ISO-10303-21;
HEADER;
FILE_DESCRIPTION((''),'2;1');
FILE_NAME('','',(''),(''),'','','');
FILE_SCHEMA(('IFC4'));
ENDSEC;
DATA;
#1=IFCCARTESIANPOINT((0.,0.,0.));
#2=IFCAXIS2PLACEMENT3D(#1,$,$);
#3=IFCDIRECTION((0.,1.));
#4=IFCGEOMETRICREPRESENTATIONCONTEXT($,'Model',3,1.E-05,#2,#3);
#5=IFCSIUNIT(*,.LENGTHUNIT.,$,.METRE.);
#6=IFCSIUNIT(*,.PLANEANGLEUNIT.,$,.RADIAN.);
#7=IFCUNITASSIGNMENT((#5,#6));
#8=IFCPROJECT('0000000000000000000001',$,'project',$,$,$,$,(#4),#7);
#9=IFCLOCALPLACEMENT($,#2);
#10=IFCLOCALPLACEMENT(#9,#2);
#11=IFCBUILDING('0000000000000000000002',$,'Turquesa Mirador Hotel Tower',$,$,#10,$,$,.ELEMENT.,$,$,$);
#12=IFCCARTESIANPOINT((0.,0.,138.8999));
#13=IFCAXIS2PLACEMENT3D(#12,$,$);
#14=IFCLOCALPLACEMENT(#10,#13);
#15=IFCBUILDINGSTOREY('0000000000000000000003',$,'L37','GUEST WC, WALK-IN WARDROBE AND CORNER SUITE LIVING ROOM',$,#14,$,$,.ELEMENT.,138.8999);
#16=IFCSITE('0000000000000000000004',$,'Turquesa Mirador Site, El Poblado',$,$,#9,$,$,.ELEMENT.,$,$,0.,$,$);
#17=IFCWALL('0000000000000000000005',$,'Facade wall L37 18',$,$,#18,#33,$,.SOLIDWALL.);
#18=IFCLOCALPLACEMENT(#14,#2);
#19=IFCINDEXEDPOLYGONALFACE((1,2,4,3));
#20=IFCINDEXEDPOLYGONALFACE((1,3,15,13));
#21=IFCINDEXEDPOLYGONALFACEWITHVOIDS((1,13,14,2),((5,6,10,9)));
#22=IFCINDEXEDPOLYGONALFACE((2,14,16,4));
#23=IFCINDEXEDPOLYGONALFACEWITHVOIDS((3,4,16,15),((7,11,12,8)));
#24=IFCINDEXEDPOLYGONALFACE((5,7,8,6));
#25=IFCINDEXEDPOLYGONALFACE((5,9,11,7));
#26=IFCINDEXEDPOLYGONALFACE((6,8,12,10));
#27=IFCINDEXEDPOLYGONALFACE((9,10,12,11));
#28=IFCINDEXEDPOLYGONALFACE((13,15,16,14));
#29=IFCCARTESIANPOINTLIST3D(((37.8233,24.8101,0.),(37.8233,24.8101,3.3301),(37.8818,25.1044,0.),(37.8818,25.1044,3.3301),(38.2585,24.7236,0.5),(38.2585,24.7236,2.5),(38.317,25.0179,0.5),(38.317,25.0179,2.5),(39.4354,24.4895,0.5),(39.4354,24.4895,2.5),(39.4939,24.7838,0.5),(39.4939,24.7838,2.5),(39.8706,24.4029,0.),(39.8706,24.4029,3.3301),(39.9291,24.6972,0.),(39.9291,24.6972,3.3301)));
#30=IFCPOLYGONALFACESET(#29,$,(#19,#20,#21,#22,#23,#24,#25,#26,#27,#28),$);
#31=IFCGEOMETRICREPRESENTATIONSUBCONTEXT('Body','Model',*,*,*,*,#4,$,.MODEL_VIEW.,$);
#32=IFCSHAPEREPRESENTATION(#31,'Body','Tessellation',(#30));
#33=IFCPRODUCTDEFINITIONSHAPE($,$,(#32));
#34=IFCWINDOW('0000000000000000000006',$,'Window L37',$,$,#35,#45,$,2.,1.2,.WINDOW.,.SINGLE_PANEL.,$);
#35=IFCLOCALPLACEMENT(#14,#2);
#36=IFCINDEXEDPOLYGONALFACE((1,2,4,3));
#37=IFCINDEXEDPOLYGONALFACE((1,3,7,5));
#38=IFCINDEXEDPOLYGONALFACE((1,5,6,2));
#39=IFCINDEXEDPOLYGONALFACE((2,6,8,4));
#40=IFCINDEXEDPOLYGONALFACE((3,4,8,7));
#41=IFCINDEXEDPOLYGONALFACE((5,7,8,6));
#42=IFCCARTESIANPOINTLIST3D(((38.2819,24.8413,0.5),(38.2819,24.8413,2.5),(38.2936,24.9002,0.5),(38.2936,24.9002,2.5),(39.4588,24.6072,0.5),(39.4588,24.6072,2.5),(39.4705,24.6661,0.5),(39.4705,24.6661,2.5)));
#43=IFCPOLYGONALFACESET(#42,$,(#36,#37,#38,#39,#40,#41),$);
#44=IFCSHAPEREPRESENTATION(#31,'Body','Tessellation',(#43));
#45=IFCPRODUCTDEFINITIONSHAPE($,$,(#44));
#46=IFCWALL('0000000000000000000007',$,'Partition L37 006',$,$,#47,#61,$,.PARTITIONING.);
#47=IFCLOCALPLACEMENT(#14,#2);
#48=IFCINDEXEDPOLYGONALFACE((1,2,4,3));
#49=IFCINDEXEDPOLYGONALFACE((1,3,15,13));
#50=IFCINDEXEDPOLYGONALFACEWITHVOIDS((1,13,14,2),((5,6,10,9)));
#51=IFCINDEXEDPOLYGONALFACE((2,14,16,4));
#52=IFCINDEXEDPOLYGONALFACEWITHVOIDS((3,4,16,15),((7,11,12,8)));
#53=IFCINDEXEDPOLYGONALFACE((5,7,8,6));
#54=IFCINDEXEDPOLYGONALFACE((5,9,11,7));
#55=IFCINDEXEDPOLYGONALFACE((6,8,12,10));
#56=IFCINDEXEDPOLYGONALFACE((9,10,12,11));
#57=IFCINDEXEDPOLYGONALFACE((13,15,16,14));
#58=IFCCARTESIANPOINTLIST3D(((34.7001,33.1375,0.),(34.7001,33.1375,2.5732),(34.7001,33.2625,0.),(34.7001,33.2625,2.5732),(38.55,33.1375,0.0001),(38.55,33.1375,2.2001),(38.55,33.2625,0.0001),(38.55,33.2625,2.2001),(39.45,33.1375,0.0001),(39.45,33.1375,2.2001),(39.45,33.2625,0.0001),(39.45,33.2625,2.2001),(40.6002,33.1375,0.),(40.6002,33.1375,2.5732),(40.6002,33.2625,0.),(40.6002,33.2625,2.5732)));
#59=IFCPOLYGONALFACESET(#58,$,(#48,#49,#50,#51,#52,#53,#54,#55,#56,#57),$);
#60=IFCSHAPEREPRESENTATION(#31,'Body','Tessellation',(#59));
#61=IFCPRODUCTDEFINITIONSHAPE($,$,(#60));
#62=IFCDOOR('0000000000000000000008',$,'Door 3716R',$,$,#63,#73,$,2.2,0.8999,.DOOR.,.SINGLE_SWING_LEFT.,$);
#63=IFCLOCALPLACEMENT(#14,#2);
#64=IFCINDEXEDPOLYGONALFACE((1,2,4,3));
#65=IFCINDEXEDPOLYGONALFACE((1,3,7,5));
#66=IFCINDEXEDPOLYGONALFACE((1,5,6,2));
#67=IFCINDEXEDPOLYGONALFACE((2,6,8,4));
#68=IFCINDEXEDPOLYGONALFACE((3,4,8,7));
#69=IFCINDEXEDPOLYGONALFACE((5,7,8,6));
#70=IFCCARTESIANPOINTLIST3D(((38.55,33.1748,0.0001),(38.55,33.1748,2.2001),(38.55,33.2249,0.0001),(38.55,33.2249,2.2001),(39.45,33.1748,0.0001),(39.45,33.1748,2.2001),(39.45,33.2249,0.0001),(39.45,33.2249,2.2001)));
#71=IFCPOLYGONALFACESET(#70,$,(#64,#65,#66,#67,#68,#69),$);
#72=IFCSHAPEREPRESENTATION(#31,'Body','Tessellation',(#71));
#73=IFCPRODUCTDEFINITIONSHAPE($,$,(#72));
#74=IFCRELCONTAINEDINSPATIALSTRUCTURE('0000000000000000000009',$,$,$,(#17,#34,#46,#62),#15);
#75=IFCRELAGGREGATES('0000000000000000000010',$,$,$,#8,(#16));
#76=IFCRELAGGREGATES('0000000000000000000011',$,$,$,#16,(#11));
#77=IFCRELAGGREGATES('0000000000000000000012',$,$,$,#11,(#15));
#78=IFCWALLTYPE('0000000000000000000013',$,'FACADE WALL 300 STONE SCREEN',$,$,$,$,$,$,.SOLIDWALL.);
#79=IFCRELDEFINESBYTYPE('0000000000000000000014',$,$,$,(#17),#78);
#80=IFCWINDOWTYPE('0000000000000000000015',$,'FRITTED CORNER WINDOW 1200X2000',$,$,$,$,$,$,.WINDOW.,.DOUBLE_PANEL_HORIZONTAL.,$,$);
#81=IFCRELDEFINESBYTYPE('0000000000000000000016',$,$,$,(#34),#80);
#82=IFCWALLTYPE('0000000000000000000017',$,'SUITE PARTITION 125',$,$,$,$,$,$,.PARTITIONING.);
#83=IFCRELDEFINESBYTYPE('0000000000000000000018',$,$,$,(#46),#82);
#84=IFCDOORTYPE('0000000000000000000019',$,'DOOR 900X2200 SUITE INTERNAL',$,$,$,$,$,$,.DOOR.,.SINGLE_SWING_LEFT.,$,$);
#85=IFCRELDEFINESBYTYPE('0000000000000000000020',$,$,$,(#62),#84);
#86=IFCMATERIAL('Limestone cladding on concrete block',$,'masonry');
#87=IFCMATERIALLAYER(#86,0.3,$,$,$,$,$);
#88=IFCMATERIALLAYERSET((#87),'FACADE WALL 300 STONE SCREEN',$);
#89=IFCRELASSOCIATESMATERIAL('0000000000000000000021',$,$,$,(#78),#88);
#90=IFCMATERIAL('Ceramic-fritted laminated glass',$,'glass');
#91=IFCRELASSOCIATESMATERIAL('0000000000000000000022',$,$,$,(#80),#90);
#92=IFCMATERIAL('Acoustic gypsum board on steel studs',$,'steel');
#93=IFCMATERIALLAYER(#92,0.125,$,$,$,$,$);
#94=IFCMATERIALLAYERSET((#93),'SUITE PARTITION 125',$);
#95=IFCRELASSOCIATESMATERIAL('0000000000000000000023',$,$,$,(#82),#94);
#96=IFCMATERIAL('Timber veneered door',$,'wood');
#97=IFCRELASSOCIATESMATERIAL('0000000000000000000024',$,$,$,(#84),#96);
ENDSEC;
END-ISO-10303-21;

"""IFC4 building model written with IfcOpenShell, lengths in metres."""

from ifc_helpers import new_model, si_unit, direction, frame, frame_2d, origin, place, context, subcontext, project, spatial, rectangle, extrude, material, layer, layer_set, type_object, element, fill, save


model = new_model("IFC4")

# Units and contexts
model_context = context("Model", 3, precision=1e-05, world=origin(), true_north=direction((0.0, 1.0)))
body_context = subcontext(model_context, "Body", "Model", "MODEL_VIEW")
ifc_project = project(units=[si_unit("LENGTHUNIT", "METRE"), si_unit("PLANEANGLEUNIT", "RADIAN")], contexts=[model_context])

# Site, building, storey
site_placement = place(None, origin())
site = spatial("IfcSite", under=ifc_project, at=site_placement, Name="Turquesa Mirador Site, El Poblado", CompositionType="ELEMENT", RefElevation=0.0)
building_placement = place(site_placement, origin())
building = spatial("IfcBuilding", under=site, at=building_placement, Name="Turquesa Mirador Hotel Tower", CompositionType="ELEMENT")
storey_placement = place(building_placement, frame((0.0, 0.0, 138.8999)))
storey = spatial("IfcBuildingStorey", under=building, at=storey_placement, Name="L37", Description="GUEST WC, WALK-IN WARDROBE AND CORNER SUITE LIVING ROOM", CompositionType="ELEMENT", Elevation=138.8999)

# Wall, opening, window
ifc_material_1 = material(Name="Limestone cladding on concrete block", Category="masonry")
ifc_layer_1 = layer(ifc_material_1, 0.3)
ifc_layer_set_1 = layer_set([ifc_layer_1], Name="FACADE WALL 300 STONE SCREEN")
wall_type_1 = type_object("IfcWallType", Name="FACADE WALL 300 STONE SCREEN", PredefinedType="SOLIDWALL", material=ifc_layer_set_1)
ifc_material_2 = material(Name="Ceramic-fritted laminated glass", Category="glass")
window_type_1 = type_object("IfcWindowType", Name="FRITTED CORNER WINDOW 1200X2000", PartitioningType="DOUBLE_PANEL_HORIZONTAL", PredefinedType="WINDOW", material=ifc_material_2)
wall_1_placement = place(storey_placement, frame((37.8525, 24.9573, 0.0), z_axis=(0.0, 0.0, 1.0), x_axis=(0.980787, -0.195081, 0.0)))
wall_1 = element("IfcWall", 1, at=wall_1_placement, inside=storey, type_object=wall_type_1, Name="Facade wall L37 18", PredefinedType="SOLIDWALL", context=body_context, shape_type="SweptSolid", body=[
    extrude(rectangle(XDim=2.0874, YDim=0.3, at=frame_2d((1.0437, 0.0))), origin(), (0.0, 0.0, 1.0), 3.3301),
])
opening_1_placement = place(wall_1_placement, frame((0.4436, 0.0, 0.5)))
opening_1 = element("IfcOpeningElement", 2, at=opening_1_placement, cuts=wall_1, PredefinedType="OPENING", context=body_context, shape_type="SweptSolid", body=[
    extrude(rectangle(XDim=1.2, YDim=2.0, at=frame_2d((0.6001, 1.0))), frame((0.0, 0.1599, 0.0), z_axis=(0.0, -1.0, 0.0), x_axis=(1.0, 0.0, 0.0)), (0.0, 0.0, 1.0), 0.3201),
])
window_1_placement = place(opening_1_placement, origin())
window_1 = element("IfcWindow", 3, at=window_1_placement, inside=storey, type_object=window_type_1, Name="Window L37", OverallHeight=2.0, OverallWidth=1.2, PartitioningType="SINGLE_PANEL", PredefinedType="WINDOW", context=body_context, shape_type="SweptSolid", body=[
    extrude(rectangle(XDim=1.2, YDim=2.0, at=frame_2d((0.6001, 1.0))), frame((0.0, 0.03, 0.0), z_axis=(0.0, -1.0, 0.0), x_axis=(1.0, 0.0, 0.0)), (0.0, 0.0, 1.0), 0.0601),
])
fill(opening_1, window_1)

# Wall, opening, door
ifc_material_3 = material(Name="Acoustic gypsum board on steel studs", Category="steel")
ifc_layer_2 = layer(ifc_material_3, 0.125)
ifc_layer_set_2 = layer_set([ifc_layer_2], Name="SUITE PARTITION 125")
wall_type_2 = type_object("IfcWallType", Name="SUITE PARTITION 125", PredefinedType="PARTITIONING", material=ifc_layer_set_2)
wall_2_placement = place(storey_placement, frame((34.7, 33.2, 0.0), z_axis=(0.0, 0.0, 1.0), x_axis=(1.0, 0.0, 0.0)))
wall_2 = element("IfcWall", 4, at=wall_2_placement, inside=storey, type_object=wall_type_2, Name="Partition L37 006", PredefinedType="PARTITIONING", context=body_context, shape_type="SweptSolid", body=[
    extrude(rectangle(XDim=5.9001, YDim=0.125, at=frame_2d((2.9502, 0.0))), origin(), (0.0, 0.0, 1.0), 2.5732),
])
opening_2_placement = place(wall_2_placement, frame((3.8501, 0.0, 0.0)))
opening_2 = element("IfcOpeningElement", 5, at=opening_2_placement, cuts=wall_2, PredefinedType="OPENING", context=body_context, shape_type="SweptSolid", body=[
    extrude(rectangle(XDim=0.8999, YDim=2.2, at=frame_2d((0.45, 1.1001))), frame((0.0, 0.0725, 0.0), z_axis=(0.0, -1.0, 0.0), x_axis=(1.0, 0.0, 0.0)), (0.0, 0.0, 1.0), 0.145),
])
ifc_material_4 = material(Name="Timber veneered door", Category="wood")
door_type_1 = type_object("IfcDoorType", Name="DOOR 900X2200 SUITE INTERNAL", OperationType="SINGLE_SWING_LEFT", PredefinedType="DOOR", material=ifc_material_4)
door_1_placement = place(opening_2_placement, origin())
door_1 = element("IfcDoor", 6, at=door_1_placement, inside=storey, type_object=door_type_1, Name="Door 3716R", OperationType="SINGLE_SWING_LEFT", OverallHeight=2.2, OverallWidth=0.8999, PredefinedType="DOOR", context=body_context, shape_type="SweptSolid", body=[
    extrude(rectangle(XDim=0.8999, YDim=2.2, at=frame_2d((0.45, 1.1001))), frame((0.0, 0.0249, 0.0), z_axis=(0.0, -1.0, 0.0), x_axis=(1.0, 0.0, 0.0)), (0.0, 0.0, 1.0), 0.05),
])
fill(opening_2, door_1)

save(model, "model.ifc")
